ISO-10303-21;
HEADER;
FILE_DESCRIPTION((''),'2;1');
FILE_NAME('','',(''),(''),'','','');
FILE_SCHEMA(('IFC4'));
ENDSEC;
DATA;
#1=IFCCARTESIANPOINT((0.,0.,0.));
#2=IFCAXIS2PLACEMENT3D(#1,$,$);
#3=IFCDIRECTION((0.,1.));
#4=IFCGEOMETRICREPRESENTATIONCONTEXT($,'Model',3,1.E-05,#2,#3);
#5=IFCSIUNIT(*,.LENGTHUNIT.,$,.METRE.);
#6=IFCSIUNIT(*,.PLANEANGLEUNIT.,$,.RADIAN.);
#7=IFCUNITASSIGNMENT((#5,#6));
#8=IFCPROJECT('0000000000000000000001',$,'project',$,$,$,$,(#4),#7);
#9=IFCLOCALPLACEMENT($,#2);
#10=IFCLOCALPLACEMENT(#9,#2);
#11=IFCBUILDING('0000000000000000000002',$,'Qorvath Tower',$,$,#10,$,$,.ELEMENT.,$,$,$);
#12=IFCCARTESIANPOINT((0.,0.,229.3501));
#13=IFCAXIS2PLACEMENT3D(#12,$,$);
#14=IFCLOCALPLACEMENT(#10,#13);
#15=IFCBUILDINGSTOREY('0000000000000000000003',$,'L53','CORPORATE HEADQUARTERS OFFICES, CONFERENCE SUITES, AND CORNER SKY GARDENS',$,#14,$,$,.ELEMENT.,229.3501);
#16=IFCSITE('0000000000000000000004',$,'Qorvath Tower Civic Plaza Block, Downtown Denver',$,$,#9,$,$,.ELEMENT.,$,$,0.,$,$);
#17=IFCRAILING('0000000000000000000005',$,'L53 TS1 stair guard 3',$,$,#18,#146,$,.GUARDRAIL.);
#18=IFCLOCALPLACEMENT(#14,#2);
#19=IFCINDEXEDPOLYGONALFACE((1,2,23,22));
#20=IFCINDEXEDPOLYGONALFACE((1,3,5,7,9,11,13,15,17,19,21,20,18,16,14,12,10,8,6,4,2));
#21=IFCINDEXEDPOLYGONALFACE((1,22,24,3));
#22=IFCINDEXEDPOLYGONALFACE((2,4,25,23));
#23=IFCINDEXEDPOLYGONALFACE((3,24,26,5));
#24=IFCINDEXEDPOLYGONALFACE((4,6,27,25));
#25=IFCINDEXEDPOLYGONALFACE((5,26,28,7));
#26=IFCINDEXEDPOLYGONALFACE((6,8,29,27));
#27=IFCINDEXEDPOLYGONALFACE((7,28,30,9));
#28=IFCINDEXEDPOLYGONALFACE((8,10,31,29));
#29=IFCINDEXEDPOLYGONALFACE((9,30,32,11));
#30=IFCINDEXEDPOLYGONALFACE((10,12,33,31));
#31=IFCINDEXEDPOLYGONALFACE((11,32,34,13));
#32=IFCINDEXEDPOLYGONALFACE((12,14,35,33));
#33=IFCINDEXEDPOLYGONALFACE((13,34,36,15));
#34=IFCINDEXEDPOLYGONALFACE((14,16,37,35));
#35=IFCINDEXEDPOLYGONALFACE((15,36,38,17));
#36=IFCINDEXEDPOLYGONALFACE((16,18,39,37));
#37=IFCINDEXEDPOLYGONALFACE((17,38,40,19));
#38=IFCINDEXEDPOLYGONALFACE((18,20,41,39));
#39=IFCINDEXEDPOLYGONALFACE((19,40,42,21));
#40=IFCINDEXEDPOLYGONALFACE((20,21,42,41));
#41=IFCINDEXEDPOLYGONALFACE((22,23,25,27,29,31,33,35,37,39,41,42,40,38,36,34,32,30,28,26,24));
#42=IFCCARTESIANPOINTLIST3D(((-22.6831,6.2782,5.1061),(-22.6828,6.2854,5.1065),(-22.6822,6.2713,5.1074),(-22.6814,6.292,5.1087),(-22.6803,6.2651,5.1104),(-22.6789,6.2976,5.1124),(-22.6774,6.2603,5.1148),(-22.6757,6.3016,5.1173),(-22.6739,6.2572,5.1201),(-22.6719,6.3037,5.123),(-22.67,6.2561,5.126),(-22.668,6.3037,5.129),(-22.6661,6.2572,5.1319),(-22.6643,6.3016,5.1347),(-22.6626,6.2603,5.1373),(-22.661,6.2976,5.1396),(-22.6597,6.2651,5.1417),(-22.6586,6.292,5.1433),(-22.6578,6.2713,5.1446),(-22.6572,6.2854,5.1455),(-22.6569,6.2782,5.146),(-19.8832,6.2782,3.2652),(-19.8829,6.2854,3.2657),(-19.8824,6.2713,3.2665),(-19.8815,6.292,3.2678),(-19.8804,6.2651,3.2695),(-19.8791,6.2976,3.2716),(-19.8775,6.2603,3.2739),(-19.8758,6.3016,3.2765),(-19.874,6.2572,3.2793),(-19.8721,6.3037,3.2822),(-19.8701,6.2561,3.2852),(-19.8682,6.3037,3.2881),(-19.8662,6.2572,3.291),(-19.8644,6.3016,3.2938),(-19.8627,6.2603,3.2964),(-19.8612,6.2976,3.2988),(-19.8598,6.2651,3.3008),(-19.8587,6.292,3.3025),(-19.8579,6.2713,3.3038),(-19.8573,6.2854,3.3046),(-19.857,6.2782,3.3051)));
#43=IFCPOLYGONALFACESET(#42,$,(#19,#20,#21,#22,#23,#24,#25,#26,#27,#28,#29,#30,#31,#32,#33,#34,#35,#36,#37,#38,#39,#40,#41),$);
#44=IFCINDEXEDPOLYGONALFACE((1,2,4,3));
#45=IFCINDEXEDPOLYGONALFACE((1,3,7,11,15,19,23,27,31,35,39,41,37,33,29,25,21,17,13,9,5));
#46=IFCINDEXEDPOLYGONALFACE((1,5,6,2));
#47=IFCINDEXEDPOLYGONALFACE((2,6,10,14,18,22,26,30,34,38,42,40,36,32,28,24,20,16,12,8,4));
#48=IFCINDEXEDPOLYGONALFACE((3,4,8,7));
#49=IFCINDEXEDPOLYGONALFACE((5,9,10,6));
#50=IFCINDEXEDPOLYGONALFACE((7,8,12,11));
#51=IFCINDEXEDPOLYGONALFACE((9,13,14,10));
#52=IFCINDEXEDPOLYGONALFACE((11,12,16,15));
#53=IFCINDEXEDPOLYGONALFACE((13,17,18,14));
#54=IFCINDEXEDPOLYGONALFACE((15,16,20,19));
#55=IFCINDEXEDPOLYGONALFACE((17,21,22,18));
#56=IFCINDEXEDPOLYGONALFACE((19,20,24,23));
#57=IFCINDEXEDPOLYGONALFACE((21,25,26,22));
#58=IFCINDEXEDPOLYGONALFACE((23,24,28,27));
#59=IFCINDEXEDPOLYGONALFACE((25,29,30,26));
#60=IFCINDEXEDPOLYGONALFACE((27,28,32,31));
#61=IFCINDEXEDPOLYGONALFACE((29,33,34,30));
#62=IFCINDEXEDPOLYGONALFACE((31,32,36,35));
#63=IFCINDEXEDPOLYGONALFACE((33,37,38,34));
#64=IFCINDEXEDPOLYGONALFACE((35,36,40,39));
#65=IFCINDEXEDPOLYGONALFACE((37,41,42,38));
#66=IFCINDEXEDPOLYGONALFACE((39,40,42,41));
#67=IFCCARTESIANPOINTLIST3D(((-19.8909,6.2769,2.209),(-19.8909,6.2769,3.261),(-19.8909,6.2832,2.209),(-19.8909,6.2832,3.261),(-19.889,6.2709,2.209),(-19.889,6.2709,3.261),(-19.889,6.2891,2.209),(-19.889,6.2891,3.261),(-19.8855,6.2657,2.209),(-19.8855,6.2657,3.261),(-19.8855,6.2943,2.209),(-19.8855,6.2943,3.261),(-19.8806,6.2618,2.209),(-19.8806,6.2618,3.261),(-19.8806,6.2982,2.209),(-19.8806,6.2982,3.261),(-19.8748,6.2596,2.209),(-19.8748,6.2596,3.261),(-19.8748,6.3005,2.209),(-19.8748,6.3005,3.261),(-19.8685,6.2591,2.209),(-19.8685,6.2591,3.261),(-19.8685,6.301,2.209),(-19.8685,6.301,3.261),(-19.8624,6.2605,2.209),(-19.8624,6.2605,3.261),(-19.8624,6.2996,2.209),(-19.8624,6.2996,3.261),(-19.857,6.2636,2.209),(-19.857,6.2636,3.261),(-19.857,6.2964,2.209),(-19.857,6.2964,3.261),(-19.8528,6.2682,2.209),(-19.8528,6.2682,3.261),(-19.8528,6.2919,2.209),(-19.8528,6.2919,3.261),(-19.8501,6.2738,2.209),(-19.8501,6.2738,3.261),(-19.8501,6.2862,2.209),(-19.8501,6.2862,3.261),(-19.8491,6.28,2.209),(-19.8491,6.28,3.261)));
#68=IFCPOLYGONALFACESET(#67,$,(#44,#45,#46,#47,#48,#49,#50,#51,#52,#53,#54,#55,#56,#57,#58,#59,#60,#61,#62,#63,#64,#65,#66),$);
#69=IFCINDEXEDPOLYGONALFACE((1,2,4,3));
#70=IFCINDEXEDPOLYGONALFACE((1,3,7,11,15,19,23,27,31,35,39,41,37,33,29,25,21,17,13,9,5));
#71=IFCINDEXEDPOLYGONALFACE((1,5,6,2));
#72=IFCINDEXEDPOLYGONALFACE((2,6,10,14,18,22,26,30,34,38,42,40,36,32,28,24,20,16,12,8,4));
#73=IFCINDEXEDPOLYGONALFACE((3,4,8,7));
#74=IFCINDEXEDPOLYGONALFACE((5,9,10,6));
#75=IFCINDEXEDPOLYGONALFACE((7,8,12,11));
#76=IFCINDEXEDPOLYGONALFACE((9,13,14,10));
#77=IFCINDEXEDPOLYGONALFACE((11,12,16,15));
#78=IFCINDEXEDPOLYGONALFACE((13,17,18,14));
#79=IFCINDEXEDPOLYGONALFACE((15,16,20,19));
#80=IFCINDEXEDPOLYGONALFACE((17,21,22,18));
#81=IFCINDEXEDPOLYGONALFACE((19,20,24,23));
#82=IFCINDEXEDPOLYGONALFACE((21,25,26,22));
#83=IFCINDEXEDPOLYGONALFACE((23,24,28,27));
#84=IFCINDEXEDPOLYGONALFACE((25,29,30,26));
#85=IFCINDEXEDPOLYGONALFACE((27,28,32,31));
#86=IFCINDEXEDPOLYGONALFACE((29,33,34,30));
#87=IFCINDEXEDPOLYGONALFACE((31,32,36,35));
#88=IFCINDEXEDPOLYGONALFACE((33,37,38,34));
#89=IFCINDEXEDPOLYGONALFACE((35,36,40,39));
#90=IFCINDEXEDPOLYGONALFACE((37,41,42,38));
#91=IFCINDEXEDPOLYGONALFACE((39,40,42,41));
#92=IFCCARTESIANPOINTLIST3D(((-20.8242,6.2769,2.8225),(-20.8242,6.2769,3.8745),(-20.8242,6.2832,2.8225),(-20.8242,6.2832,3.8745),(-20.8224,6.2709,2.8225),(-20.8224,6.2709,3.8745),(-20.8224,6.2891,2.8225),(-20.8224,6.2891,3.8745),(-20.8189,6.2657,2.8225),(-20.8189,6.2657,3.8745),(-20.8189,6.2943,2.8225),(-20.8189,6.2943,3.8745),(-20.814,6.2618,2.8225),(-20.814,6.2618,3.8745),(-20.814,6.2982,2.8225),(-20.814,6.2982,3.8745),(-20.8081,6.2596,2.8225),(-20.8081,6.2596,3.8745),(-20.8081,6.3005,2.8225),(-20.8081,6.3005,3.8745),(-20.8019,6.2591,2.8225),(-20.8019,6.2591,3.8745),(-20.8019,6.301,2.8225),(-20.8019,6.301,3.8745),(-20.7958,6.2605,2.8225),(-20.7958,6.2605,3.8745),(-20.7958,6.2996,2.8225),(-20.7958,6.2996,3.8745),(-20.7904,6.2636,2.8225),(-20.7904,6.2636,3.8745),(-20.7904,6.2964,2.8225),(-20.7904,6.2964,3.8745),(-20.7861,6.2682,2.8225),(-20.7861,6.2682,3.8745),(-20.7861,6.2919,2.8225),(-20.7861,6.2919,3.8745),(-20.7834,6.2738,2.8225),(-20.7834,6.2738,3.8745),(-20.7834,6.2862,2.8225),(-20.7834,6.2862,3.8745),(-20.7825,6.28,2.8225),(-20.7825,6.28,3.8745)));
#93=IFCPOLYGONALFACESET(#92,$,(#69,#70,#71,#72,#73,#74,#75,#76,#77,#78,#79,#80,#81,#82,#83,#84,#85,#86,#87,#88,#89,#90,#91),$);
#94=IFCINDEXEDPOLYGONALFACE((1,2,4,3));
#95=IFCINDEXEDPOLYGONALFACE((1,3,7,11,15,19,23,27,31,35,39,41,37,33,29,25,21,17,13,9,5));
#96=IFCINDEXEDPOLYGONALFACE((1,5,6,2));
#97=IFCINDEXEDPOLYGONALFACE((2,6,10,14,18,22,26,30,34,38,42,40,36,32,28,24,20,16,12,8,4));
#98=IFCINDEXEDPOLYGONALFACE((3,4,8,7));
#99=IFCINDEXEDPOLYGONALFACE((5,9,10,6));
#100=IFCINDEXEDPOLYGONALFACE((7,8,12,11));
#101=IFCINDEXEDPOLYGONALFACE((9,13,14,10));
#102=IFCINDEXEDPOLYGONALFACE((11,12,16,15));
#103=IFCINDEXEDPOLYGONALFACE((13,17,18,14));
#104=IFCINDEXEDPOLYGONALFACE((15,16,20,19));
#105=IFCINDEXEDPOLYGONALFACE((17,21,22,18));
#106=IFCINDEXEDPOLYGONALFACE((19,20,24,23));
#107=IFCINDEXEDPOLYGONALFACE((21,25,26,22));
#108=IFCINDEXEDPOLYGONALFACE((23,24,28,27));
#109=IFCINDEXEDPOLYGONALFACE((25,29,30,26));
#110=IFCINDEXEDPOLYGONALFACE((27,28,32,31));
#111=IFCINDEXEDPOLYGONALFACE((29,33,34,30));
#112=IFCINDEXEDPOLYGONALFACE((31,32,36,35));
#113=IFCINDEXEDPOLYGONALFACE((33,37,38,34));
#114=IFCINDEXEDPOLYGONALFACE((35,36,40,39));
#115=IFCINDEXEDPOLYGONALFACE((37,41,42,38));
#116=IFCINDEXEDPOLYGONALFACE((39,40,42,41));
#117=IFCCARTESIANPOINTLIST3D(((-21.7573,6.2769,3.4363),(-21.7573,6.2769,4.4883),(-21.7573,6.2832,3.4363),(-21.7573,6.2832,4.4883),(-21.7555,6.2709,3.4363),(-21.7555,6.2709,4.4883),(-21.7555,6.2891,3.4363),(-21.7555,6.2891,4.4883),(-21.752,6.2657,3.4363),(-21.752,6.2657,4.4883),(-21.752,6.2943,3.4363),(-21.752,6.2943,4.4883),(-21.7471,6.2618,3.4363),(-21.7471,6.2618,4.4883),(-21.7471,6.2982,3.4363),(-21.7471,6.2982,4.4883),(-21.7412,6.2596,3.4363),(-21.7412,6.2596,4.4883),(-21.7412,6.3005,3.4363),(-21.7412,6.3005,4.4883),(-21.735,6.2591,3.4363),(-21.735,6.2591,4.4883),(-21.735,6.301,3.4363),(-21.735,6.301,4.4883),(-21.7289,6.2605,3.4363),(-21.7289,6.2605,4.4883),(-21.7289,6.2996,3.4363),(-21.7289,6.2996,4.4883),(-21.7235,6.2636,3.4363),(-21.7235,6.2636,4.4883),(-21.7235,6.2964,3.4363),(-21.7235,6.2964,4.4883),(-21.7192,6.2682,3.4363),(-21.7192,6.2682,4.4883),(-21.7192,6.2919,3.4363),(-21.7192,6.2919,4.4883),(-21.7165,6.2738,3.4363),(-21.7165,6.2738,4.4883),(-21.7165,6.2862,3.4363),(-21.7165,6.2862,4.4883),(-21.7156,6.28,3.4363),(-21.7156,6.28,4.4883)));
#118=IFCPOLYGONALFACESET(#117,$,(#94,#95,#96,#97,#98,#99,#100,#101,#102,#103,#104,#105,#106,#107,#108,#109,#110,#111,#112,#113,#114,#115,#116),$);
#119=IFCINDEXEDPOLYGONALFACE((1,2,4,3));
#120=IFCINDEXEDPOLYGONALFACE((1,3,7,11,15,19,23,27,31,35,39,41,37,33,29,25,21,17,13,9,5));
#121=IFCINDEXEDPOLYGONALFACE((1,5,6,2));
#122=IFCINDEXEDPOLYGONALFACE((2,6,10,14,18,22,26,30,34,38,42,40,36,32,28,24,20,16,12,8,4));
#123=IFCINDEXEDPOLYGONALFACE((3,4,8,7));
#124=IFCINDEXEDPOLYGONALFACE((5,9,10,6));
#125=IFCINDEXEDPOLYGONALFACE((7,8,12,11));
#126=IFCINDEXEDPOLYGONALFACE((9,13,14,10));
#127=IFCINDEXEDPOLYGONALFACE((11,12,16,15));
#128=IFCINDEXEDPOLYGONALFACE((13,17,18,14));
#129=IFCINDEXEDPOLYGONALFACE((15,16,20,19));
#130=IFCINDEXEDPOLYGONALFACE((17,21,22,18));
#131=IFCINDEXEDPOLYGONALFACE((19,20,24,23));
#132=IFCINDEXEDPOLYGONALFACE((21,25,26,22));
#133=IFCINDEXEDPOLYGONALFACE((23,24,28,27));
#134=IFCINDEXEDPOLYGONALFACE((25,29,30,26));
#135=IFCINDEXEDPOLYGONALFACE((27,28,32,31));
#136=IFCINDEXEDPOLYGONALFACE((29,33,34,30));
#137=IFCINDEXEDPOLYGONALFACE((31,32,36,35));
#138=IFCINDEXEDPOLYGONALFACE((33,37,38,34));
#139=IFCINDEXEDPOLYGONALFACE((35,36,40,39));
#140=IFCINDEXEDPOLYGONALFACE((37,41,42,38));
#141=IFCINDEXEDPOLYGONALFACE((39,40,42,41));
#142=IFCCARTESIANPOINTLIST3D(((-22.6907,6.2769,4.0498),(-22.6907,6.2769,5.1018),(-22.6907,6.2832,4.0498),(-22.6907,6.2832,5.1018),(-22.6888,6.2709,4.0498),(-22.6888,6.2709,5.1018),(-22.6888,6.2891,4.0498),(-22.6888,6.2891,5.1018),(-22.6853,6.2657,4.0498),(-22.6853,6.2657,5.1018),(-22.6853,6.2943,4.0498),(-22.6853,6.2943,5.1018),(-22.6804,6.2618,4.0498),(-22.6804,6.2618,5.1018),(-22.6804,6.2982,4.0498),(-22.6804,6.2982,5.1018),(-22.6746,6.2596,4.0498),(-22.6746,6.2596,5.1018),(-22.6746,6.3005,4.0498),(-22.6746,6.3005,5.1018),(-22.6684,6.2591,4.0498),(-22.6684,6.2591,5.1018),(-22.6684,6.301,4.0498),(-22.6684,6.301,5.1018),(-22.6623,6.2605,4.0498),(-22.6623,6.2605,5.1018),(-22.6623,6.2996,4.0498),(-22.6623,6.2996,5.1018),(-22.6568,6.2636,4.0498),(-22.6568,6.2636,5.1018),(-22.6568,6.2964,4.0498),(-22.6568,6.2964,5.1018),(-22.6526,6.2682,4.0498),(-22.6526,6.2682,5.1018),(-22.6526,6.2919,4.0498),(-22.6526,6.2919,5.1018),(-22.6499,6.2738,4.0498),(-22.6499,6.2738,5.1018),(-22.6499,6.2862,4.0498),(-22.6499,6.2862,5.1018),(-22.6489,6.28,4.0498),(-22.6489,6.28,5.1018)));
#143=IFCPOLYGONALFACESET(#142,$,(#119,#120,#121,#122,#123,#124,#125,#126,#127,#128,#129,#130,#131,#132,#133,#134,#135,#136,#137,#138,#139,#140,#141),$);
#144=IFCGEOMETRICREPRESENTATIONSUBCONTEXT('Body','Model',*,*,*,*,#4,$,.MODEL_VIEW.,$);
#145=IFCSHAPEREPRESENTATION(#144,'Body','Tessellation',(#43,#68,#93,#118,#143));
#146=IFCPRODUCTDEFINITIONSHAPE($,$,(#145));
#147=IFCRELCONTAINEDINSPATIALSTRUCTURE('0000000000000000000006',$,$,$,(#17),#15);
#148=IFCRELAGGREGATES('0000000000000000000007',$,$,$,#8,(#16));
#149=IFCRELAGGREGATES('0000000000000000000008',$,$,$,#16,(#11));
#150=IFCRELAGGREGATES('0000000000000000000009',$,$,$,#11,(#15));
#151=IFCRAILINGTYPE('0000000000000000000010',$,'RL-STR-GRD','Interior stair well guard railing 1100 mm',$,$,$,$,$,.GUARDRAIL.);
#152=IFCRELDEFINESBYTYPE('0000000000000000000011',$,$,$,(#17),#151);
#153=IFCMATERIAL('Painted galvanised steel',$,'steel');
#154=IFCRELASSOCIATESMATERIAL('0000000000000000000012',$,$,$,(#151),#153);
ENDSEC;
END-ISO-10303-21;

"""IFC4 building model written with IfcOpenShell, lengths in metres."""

from ifc_helpers import new_model, si_unit, direction, frame, origin, origin_2d, place, context, subcontext, project, spatial, circle, extrude, material, type_object, element, save


model = new_model("IFC4")

# Units and contexts
model_context = context("Model", 3, precision=1e-05, world=origin(), true_north=direction((0.0, 1.0)))
body_context = subcontext(model_context, "Body", "Model", "MODEL_VIEW")
ifc_project = project(units=[si_unit("LENGTHUNIT", "METRE"), si_unit("PLANEANGLEUNIT", "RADIAN")], contexts=[model_context])

# Site, building, storey
site_placement = place(None, origin())
site = spatial("IfcSite", under=ifc_project, at=site_placement, Name="Qorvath Tower Civic Plaza Block, Downtown Denver", CompositionType="ELEMENT", RefElevation=0.0)
building_placement = place(site_placement, origin())
building = spatial("IfcBuilding", under=site, at=building_placement, Name="Qorvath Tower", CompositionType="ELEMENT")
storey_placement = place(building_placement, frame((0.0, 0.0, 229.3501)))
storey = spatial("IfcBuildingStorey", under=building, at=storey_placement, Name="L53", Description="CORPORATE HEADQUARTERS OFFICES, CONFERENCE SUITES, AND CORNER SKY GARDENS", CompositionType="ELEMENT", Elevation=229.3501)

# Railing
ifc_material_1 = material(Name="Painted galvanised steel", Category="steel")
railing_type_1 = type_object("IfcRailingType", Name="RL-STR-GRD", Description="Interior stair well guard railing 1100 mm", PredefinedType="GUARDRAIL", material=ifc_material_1)
railing_1_placement = place(storey_placement, frame((-19.8701, 6.28, 2.209)))
element("IfcRailing", 1, at=railing_1_placement, inside=storey, type_object=railing_type_1, Name="L53 TS1 stair guard 3", PredefinedType="GUARDRAIL", context=body_context, shape_type="SweptSolid", body=[
    extrude(circle(Radius=0.0239, at=origin_2d()), frame((0.0, 0.0, 1.0762), z_axis=(-0.835576, 0.0, 0.549376), x_axis=(0.0, -1.0, 0.0)), (0.0, 0.0, 1.0), 3.3508),
    extrude(circle(Radius=0.021, at=origin_2d()), origin(), (0.0, 0.0, 1.0), 1.052),
    extrude(circle(Radius=0.021, at=origin_2d()), frame((-0.9333, 0.0, 0.6135)), (0.0, 0.0, 1.0), 1.052),
    extrude(circle(Radius=0.021, at=origin_2d()), frame((-1.8665, 0.0, 1.2273)), (0.0, 0.0, 1.0), 1.052),
    extrude(circle(Radius=0.021, at=origin_2d()), frame((-2.7998, 0.0, 1.8408)), (0.0, 0.0, 1.0), 1.052),
])

save(model, "model.ifc")
